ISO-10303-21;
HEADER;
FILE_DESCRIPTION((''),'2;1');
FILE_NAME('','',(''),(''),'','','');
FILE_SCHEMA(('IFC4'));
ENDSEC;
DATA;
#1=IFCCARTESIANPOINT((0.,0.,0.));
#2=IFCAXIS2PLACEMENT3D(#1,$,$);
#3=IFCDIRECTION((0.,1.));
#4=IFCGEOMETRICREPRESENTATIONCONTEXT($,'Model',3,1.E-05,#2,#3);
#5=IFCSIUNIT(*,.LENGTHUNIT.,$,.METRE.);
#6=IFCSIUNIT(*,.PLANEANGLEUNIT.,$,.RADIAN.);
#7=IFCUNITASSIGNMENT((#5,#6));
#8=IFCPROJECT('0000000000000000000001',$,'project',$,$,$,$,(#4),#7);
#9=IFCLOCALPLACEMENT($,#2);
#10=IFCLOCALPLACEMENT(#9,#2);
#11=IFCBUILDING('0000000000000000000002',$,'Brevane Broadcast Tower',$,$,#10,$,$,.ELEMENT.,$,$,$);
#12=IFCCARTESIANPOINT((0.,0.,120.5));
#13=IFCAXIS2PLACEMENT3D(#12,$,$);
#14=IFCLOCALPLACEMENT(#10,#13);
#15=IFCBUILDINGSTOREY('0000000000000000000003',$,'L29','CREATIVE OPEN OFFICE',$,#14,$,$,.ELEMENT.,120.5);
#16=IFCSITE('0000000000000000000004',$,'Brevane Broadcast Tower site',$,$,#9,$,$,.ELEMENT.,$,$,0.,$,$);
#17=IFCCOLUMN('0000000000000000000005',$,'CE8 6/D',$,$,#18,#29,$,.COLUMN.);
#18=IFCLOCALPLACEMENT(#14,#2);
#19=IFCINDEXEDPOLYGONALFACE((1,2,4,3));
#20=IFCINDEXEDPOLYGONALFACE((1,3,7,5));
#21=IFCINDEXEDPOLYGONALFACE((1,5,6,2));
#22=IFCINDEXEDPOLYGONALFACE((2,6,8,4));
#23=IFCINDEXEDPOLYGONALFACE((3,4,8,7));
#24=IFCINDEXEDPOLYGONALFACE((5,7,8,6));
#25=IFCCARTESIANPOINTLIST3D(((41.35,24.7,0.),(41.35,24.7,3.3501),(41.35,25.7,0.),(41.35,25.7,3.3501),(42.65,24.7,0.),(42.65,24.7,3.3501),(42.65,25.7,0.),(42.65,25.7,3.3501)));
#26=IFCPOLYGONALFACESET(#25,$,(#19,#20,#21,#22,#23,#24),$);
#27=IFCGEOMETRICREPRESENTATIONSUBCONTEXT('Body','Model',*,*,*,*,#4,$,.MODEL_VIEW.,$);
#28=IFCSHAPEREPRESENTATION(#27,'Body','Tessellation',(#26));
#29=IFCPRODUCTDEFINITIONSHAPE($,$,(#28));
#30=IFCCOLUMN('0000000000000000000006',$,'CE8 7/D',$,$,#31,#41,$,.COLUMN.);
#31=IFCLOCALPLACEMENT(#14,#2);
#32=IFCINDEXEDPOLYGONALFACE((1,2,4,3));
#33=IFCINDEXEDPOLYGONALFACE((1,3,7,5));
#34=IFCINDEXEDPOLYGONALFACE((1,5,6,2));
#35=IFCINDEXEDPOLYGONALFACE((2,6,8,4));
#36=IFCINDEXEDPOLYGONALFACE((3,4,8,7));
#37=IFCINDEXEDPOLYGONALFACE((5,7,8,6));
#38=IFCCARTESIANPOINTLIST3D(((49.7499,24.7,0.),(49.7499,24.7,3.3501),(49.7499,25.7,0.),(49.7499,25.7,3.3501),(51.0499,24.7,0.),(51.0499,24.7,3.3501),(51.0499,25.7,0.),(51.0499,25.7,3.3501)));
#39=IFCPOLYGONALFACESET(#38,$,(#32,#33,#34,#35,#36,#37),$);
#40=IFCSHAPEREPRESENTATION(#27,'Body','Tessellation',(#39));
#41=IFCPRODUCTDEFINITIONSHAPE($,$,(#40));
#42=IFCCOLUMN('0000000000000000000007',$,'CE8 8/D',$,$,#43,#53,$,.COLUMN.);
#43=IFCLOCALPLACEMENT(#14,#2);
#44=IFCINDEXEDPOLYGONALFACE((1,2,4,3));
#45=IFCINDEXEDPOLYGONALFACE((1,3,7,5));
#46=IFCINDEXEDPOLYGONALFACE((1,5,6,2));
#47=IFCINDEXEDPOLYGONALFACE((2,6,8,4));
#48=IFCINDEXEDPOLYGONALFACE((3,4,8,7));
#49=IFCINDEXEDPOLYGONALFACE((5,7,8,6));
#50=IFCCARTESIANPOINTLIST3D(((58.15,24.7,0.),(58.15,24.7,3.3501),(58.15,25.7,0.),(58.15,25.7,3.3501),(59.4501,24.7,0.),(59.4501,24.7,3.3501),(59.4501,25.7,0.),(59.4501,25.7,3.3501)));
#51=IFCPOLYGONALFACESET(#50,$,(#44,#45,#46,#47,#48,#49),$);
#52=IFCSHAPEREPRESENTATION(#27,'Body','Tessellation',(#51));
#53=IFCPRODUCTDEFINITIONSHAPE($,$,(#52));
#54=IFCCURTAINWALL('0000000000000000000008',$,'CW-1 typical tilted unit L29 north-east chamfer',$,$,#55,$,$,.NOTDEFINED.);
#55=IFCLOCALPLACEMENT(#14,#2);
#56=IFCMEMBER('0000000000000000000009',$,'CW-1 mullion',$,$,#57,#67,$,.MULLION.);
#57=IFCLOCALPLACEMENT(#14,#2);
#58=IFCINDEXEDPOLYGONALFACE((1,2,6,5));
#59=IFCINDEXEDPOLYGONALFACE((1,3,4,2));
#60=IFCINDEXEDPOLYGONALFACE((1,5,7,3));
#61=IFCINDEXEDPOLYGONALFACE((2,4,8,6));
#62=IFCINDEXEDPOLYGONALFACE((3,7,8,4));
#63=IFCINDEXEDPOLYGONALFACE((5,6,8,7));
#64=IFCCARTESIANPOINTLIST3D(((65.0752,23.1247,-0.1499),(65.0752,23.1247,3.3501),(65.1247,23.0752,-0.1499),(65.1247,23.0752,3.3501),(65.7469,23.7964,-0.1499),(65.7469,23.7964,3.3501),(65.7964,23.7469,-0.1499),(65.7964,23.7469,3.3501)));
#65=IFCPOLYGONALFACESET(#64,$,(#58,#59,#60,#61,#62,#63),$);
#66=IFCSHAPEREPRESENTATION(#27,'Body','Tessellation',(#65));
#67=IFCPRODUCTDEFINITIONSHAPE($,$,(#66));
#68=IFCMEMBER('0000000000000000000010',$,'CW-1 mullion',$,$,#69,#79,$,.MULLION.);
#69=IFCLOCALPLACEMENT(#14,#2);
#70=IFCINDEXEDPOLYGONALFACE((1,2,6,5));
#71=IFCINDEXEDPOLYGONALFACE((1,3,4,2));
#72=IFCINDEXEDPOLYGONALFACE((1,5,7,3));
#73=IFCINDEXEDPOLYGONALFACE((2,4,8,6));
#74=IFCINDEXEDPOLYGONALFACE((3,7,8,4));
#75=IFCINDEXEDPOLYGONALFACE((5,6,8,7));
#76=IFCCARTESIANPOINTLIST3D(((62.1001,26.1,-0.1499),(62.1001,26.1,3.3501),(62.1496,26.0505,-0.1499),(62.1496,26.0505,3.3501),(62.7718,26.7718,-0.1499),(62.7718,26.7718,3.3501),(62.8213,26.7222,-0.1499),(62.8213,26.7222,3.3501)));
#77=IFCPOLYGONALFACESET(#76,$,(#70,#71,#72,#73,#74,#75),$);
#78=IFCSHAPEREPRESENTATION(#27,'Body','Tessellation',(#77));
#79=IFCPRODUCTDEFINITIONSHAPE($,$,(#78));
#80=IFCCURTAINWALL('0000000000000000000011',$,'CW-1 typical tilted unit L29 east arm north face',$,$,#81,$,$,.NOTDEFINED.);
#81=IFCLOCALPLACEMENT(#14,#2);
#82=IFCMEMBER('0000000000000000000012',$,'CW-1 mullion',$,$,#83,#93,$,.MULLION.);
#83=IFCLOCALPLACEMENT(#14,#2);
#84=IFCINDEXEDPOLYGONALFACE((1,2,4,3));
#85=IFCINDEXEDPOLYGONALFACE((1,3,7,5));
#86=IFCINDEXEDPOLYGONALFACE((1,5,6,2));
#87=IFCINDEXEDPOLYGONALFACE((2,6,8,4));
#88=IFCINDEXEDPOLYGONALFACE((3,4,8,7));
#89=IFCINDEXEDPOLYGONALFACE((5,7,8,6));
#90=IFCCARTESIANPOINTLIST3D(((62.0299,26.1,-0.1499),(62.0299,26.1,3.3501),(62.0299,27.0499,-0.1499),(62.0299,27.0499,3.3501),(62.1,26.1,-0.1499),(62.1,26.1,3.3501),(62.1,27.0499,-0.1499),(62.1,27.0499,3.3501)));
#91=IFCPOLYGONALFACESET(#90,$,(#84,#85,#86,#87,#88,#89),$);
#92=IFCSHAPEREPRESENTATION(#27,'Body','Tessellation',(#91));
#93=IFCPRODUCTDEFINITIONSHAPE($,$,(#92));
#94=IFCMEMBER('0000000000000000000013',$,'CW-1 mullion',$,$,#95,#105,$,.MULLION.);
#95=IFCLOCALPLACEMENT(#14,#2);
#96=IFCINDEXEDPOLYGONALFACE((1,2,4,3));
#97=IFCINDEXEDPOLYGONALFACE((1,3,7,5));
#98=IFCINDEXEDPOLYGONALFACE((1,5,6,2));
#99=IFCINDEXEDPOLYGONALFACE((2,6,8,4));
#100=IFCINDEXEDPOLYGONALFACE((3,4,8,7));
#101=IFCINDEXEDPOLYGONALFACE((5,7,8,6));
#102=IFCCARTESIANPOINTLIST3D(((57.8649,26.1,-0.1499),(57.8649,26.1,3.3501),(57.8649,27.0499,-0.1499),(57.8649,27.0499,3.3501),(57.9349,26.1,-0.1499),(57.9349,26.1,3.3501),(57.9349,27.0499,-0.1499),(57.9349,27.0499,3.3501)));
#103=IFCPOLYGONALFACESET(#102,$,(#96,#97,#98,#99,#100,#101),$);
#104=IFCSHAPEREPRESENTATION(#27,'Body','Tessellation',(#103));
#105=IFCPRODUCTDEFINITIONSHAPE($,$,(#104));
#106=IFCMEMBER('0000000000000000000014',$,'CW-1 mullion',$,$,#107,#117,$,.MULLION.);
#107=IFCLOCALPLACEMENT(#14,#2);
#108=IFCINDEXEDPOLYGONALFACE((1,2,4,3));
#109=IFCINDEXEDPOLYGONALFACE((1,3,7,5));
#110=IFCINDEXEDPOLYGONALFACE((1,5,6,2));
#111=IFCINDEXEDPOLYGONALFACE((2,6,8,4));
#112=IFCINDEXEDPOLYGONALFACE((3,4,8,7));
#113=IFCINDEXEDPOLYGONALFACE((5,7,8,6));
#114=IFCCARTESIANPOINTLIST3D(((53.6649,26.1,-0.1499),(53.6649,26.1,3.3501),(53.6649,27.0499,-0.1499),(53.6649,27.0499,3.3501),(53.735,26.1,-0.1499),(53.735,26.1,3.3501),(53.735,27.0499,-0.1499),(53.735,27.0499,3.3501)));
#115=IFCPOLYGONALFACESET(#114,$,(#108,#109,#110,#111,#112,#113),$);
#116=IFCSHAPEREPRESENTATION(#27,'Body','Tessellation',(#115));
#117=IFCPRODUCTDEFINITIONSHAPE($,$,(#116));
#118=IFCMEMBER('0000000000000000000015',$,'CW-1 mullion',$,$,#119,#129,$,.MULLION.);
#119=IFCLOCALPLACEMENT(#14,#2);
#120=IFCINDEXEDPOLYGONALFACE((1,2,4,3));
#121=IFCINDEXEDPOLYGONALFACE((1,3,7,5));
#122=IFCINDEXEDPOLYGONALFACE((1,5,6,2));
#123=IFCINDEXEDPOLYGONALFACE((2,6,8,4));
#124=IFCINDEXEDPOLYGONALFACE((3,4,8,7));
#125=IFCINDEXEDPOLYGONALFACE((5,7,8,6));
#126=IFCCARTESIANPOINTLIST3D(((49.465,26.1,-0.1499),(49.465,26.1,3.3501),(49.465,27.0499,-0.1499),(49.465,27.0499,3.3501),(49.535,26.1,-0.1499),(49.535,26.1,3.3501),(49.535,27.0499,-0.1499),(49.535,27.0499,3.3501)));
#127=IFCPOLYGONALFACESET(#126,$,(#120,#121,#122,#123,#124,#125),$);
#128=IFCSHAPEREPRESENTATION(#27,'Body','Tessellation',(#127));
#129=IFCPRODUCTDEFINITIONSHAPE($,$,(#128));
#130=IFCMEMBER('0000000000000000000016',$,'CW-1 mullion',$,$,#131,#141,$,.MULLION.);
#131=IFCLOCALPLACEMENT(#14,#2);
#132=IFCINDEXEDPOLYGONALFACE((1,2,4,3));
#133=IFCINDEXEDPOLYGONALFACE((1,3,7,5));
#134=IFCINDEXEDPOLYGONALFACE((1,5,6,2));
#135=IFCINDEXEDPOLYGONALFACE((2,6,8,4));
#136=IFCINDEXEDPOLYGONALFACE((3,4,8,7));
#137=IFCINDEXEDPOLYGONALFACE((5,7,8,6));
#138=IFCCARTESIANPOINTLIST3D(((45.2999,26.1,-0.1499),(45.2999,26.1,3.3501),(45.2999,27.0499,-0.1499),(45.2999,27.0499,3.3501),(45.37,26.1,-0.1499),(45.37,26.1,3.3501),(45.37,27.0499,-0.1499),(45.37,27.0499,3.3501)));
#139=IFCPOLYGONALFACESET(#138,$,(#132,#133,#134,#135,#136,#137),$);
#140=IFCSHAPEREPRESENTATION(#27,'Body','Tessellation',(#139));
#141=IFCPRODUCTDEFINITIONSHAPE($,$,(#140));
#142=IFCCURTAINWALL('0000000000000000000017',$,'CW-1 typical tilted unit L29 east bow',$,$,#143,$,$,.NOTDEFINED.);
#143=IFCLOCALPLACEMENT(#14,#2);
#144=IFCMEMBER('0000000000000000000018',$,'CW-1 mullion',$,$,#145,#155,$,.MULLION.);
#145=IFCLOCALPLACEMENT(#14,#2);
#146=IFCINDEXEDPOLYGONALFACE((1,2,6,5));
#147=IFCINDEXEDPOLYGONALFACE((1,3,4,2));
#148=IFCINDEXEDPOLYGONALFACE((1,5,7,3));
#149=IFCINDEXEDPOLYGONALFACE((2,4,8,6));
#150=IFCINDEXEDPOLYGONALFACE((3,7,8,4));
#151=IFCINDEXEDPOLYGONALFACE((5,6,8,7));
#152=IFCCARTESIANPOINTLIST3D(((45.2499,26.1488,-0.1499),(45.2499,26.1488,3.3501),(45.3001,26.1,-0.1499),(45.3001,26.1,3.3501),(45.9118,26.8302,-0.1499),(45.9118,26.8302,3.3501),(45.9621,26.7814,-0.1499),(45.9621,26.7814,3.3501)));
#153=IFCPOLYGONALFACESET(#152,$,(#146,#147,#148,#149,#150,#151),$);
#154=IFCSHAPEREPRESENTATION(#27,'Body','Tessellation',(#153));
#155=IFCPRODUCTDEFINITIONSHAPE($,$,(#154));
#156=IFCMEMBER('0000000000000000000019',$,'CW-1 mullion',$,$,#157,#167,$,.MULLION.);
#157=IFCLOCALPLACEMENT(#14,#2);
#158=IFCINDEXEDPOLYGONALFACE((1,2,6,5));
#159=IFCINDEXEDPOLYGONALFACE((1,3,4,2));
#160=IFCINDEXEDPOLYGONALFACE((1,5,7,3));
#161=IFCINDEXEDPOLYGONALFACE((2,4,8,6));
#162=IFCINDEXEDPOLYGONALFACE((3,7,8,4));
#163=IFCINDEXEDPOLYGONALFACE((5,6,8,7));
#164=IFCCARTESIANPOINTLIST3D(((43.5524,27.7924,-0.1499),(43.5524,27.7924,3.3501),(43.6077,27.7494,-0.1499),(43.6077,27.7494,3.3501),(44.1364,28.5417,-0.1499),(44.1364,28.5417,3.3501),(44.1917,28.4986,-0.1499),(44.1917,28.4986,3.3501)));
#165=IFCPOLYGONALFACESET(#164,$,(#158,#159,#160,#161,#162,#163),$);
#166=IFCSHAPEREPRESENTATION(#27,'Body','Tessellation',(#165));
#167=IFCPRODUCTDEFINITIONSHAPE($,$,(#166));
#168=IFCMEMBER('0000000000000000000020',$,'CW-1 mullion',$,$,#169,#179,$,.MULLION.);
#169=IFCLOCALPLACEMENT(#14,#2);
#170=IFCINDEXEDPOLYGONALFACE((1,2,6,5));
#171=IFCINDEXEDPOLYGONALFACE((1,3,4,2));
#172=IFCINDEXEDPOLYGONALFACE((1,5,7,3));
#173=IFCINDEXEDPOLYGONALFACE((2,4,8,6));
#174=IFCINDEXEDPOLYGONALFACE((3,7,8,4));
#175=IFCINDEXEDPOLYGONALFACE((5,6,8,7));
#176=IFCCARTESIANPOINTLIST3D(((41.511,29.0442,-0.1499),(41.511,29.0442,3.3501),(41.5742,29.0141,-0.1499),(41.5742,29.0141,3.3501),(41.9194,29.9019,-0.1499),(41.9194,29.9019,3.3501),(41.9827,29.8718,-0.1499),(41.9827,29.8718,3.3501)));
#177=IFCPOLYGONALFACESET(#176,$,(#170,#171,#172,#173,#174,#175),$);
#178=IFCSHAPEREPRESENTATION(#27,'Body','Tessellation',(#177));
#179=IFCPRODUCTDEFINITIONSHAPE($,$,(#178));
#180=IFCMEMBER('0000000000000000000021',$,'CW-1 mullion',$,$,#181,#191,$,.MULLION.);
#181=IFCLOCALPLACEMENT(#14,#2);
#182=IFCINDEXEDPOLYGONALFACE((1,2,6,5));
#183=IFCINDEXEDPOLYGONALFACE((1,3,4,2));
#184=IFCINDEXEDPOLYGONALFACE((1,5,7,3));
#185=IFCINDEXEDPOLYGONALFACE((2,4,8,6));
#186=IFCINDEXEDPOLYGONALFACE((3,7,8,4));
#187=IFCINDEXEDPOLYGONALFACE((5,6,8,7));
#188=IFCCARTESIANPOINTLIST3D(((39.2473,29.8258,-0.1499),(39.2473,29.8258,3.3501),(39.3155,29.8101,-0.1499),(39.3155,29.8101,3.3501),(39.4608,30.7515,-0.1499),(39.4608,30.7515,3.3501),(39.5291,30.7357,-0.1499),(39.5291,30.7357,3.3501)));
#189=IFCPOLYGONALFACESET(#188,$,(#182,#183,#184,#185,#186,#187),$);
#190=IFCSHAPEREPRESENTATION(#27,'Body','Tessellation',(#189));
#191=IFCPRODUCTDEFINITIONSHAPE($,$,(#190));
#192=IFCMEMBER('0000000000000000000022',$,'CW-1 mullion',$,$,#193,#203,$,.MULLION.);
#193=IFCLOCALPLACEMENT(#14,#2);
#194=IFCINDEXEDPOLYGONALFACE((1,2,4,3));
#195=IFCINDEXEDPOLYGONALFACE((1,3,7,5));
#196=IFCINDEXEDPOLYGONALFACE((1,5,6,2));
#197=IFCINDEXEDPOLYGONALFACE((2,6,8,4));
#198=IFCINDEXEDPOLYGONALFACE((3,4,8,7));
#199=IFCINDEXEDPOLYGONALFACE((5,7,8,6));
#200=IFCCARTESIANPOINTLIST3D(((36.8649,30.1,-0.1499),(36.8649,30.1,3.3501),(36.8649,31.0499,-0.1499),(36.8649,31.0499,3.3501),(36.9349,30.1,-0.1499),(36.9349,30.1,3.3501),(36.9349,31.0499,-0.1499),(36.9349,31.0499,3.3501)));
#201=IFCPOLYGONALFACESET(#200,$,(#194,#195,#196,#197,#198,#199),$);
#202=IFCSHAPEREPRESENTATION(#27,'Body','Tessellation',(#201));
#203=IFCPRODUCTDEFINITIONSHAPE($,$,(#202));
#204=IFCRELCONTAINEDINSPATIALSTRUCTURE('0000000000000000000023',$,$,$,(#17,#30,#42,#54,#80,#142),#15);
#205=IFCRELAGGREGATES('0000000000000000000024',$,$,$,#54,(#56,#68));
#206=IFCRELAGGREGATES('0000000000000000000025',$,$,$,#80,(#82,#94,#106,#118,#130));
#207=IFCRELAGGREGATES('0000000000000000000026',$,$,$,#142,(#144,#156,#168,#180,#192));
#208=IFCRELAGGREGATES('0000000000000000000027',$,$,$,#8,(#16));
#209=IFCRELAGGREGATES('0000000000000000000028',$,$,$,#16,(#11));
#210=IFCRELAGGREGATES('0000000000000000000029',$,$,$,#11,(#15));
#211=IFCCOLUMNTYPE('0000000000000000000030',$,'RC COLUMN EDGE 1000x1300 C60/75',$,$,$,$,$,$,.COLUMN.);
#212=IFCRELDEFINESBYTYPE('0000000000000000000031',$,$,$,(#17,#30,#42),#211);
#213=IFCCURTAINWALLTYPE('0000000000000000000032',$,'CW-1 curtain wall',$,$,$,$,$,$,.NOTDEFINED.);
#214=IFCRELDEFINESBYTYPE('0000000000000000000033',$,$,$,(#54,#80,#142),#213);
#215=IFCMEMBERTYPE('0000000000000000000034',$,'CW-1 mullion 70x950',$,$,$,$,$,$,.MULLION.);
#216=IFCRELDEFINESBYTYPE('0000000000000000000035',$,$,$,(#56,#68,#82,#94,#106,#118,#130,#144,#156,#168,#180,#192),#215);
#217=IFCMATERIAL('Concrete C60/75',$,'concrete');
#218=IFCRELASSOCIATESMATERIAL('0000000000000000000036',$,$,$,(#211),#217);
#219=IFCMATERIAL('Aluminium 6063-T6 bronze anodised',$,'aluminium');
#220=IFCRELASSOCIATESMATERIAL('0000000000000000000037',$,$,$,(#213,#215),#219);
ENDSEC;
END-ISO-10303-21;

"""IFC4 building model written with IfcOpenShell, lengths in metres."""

from ifc_helpers import new_model, si_unit, direction, frame, origin, origin_2d, place, context, subcontext, project, spatial, rectangle, extrude, material, material_profile, profile_set, type_object, element, aggregate, save


model = new_model("IFC4")

# Units and contexts
model_context = context("Model", 3, precision=1e-05, world=origin(), true_north=direction((0.0, 1.0)))
body_context = subcontext(model_context, "Body", "Model", "MODEL_VIEW")
ifc_project = project(units=[si_unit("LENGTHUNIT", "METRE"), si_unit("PLANEANGLEUNIT", "RADIAN")], contexts=[model_context])

# Site, building, storey
site_placement = place(None, origin())
site = spatial("IfcSite", under=ifc_project, at=site_placement, Name="Brevane Broadcast Tower site", CompositionType="ELEMENT", RefElevation=0.0)
building_placement = place(site_placement, origin())
building = spatial("IfcBuilding", under=site, at=building_placement, Name="Brevane Broadcast Tower", CompositionType="ELEMENT")
storey_placement = place(building_placement, frame((0.0, 0.0, 120.5)))
storey = spatial("IfcBuildingStorey", under=building, at=storey_placement, Name="L29", Description="CREATIVE OPEN OFFICE", CompositionType="ELEMENT", Elevation=120.5)

# Columns
ifc_material_1 = material(Name="Concrete C60/75", Category="concrete")
ifc_material_profile_1 = material_profile(ifc_material_1, rectangle(XDim=1.0, YDim=1.3, at=origin_2d()), Name="RC 1000x1300")
ifc_profile_set_1 = profile_set([ifc_material_profile_1], Name="Concrete C60/75")
column_type = type_object("IfcColumnType", Name="RC COLUMN EDGE 1000x1300 C60/75", PredefinedType="COLUMN", material=ifc_profile_set_1)
for number, where, z_axis, x_axis, name in (
    (1, (42.0, 25.2, 0.0), (0.0, 0.0, 1.0), (0.0, 1.0, 0.0), "CE8 6/D"),
    (2, (50.3999, 25.2, 0.0), (0.0, 0.0, 1.0), (0.0, 1.0, 0.0), "CE8 7/D"),
    (3, (58.8, 25.2, 0.0), (0.0, 0.0, 1.0), (0.0, 1.0, 0.0), "CE8 8/D"),
):
    element("IfcColumn", number, at=place(storey_placement, frame(where, z_axis=z_axis, x_axis=x_axis)), inside=storey, type_object=column_type, Name=name, PredefinedType="COLUMN", context=body_context, shape_type="SweptSolid", body=[
        extrude(rectangle(XDim=1.0, YDim=1.3, at=origin_2d()), origin(), (0.0, 0.0, 1.0), 3.3501),
    ])

# Curtain walls, members
ifc_material_2 = material(Name="Aluminium 6063-T6 bronze anodised", Category="aluminium")
curtain_wall_type = type_object("IfcCurtainWallType", Name="CW-1 curtain wall", PredefinedType="NOTDEFINED", material=ifc_material_2)
curtain_wall_1_placement = place(storey_placement, origin())
curtain_wall_1 = element("IfcCurtainWall", 4, at=curtain_wall_1_placement, inside=storey, type_object=curtain_wall_type, Name="CW-1 typical tilted unit L29 north-east chamfer", PredefinedType="NOTDEFINED")
ifc_material_profile_2 = material_profile(ifc_material_2, rectangle(XDim=0.95, YDim=0.0701, at=origin_2d()), Name="RECT 70x950")
ifc_profile_set_2 = profile_set([ifc_material_profile_2], Name="Aluminium 6063-T6 bronze anodised")
member_type_1 = type_object("IfcMemberType", Name="CW-1 mullion 70x950", PredefinedType="MULLION", material=ifc_profile_set_2)
member_1_placement = place(storey_placement, frame((65.4358, 23.4358, -0.1499), z_axis=(0.0, 0.0, 1.0), x_axis=(-0.707107, -0.707107, 0.0)))
member_1 = element("IfcMember", 5, at=member_1_placement, type_object=member_type_1, Name="CW-1 mullion", PredefinedType="MULLION", context=body_context, shape_type="SweptSolid", body=[
    extrude(rectangle(XDim=0.95, YDim=0.0701, at=origin_2d()), origin(), (0.0, 0.0, 1.0), 3.5),
])
member_2_placement = place(storey_placement, frame((62.4607, 26.4111, -0.1499), z_axis=(0.0, 0.0, 1.0), x_axis=(-0.707107, -0.707107, 0.0)))
member_2 = element("IfcMember", 6, at=member_2_placement, type_object=member_type_1, Name="CW-1 mullion", PredefinedType="MULLION", context=body_context, shape_type="SweptSolid", body=[
    extrude(rectangle(XDim=0.95, YDim=0.0701, at=origin_2d()), origin(), (0.0, 0.0, 1.0), 3.5),
])
aggregate(curtain_wall_1, [member_1, member_2])
curtain_wall_2_placement = place(storey_placement, origin())
curtain_wall_2 = element("IfcCurtainWall", 7, at=curtain_wall_2_placement, inside=storey, type_object=curtain_wall_type, Name="CW-1 typical tilted unit L29 east arm north face", PredefinedType="NOTDEFINED")
member_3_placement = place(storey_placement, frame((62.0649, 26.575, -0.1499), z_axis=(0.0, 0.0, 1.0), x_axis=(0.0, -1.0, 0.0)))
member_3 = element("IfcMember", 8, at=member_3_placement, type_object=member_type_1, Name="CW-1 mullion", PredefinedType="MULLION", context=body_context, shape_type="SweptSolid", body=[
    extrude(rectangle(XDim=0.95, YDim=0.0701, at=origin_2d()), origin(), (0.0, 0.0, 1.0), 3.5),
])
member_4_placement = place(storey_placement, frame((57.8999, 26.575, -0.1499), z_axis=(0.0, 0.0, 1.0), x_axis=(0.0, -1.0, 0.0)))
member_4 = element("IfcMember", 9, at=member_4_placement, type_object=member_type_1, Name="CW-1 mullion", PredefinedType="MULLION", context=body_context, shape_type="SweptSolid", body=[
    extrude(rectangle(XDim=0.95, YDim=0.0701, at=origin_2d()), origin(), (0.0, 0.0, 1.0), 3.5),
])
member_5_placement = place(storey_placement, frame((53.7, 26.575, -0.1499), z_axis=(0.0, 0.0, 1.0), x_axis=(0.0, -1.0, 0.0)))
member_5 = element("IfcMember", 10, at=member_5_placement, type_object=member_type_1, Name="CW-1 mullion", PredefinedType="MULLION", context=body_context, shape_type="SweptSolid", body=[
    extrude(rectangle(XDim=0.95, YDim=0.0701, at=origin_2d()), origin(), (0.0, 0.0, 1.0), 3.5),
])
member_6_placement = place(storey_placement, frame((49.5, 26.575, -0.1499), z_axis=(0.0, 0.0, 1.0), x_axis=(0.0, -1.0, 0.0)))
member_6 = element("IfcMember", 11, at=member_6_placement, type_object=member_type_1, Name="CW-1 mullion", PredefinedType="MULLION", context=body_context, shape_type="SweptSolid", body=[
    extrude(rectangle(XDim=0.95, YDim=0.0701, at=origin_2d()), origin(), (0.0, 0.0, 1.0), 3.5),
])
member_7_placement = place(storey_placement, frame((45.335, 26.575, -0.1499), z_axis=(0.0, 0.0, 1.0), x_axis=(0.0, -1.0, 0.0)))
member_7 = element("IfcMember", 12, at=member_7_placement, type_object=member_type_1, Name="CW-1 mullion", PredefinedType="MULLION", context=body_context, shape_type="SweptSolid", body=[
    extrude(rectangle(XDim=0.95, YDim=0.0701, at=origin_2d()), origin(), (0.0, 0.0, 1.0), 3.5),
])
curtain_wall_3_placement = place(storey_placement, origin())
curtain_wall_3 = element("IfcCurtainWall", 13, at=curtain_wall_3_placement, inside=storey, type_object=curtain_wall_type, Name="CW-1 typical tilted unit L29 east bow", PredefinedType="NOTDEFINED")
member_8_placement = place(storey_placement, frame((45.606, 26.4651, -0.1499), z_axis=(0.0, 0.0, 1.0), x_axis=(-0.696812, -0.717254, 0.0)))
member_8 = element("IfcMember", 14, at=member_8_placement, type_object=member_type_1, Name="CW-1 mullion", PredefinedType="MULLION", context=body_context, shape_type="SweptSolid", body=[
    extrude(rectangle(XDim=0.95, YDim=0.0701, at=origin_2d()), origin(), (0.0, 0.0, 1.0), 3.5),
])
member_9_placement = place(storey_placement, frame((43.8721, 28.1455, -0.1499), z_axis=(0.0, 0.0, 1.0), x_axis=(-0.61477, -0.788707, 0.0)))
member_9 = element("IfcMember", 15, at=member_9_placement, type_object=member_type_1, Name="CW-1 mullion", PredefinedType="MULLION", context=body_context, shape_type="SweptSolid", body=[
    extrude(rectangle(XDim=0.95, YDim=0.0701, at=origin_2d()), origin(), (0.0, 0.0, 1.0), 3.5),
])
member_10_placement = place(storey_placement, frame((41.7468, 29.458, -0.1499), z_axis=(0.0, 0.0, 1.0), x_axis=(-0.429934, -0.902861, 0.0)))
member_10 = element("IfcMember", 16, at=member_10_placement, type_object=member_type_1, Name="CW-1 mullion", PredefinedType="MULLION", context=body_context, shape_type="SweptSolid", body=[
    extrude(rectangle(XDim=0.95, YDim=0.0701, at=origin_2d()), origin(), (0.0, 0.0, 1.0), 3.5),
])
member_11_placement = place(storey_placement, frame((39.3882, 30.2808, -0.1499), z_axis=(0.0, 0.0, 1.0), x_axis=(-0.224806, -0.974403, 0.0)))
member_11 = element("IfcMember", 17, at=member_11_placement, type_object=member_type_1, Name="CW-1 mullion", PredefinedType="MULLION", context=body_context, shape_type="SweptSolid", body=[
    extrude(rectangle(XDim=0.95, YDim=0.0701, at=origin_2d()), origin(), (0.0, 0.0, 1.0), 3.5),
])
member_12_placement = place(storey_placement, frame((36.8999, 30.575, -0.1499), z_axis=(0.0, 0.0, 1.0), x_axis=(0.0, -1.0, 0.0)))
member_12 = element("IfcMember", 18, at=member_12_placement, type_object=member_type_1, Name="CW-1 mullion", PredefinedType="MULLION", context=body_context, shape_type="SweptSolid", body=[
    extrude(rectangle(XDim=0.95, YDim=0.0701, at=origin_2d()), origin(), (0.0, 0.0, 1.0), 3.5),
])

aggregate(curtain_wall_2, [member_3, member_4, member_5, member_6, member_7])
aggregate(curtain_wall_3, [member_8, member_9, member_10, member_11, member_12])

save(model, "model.ifc")
